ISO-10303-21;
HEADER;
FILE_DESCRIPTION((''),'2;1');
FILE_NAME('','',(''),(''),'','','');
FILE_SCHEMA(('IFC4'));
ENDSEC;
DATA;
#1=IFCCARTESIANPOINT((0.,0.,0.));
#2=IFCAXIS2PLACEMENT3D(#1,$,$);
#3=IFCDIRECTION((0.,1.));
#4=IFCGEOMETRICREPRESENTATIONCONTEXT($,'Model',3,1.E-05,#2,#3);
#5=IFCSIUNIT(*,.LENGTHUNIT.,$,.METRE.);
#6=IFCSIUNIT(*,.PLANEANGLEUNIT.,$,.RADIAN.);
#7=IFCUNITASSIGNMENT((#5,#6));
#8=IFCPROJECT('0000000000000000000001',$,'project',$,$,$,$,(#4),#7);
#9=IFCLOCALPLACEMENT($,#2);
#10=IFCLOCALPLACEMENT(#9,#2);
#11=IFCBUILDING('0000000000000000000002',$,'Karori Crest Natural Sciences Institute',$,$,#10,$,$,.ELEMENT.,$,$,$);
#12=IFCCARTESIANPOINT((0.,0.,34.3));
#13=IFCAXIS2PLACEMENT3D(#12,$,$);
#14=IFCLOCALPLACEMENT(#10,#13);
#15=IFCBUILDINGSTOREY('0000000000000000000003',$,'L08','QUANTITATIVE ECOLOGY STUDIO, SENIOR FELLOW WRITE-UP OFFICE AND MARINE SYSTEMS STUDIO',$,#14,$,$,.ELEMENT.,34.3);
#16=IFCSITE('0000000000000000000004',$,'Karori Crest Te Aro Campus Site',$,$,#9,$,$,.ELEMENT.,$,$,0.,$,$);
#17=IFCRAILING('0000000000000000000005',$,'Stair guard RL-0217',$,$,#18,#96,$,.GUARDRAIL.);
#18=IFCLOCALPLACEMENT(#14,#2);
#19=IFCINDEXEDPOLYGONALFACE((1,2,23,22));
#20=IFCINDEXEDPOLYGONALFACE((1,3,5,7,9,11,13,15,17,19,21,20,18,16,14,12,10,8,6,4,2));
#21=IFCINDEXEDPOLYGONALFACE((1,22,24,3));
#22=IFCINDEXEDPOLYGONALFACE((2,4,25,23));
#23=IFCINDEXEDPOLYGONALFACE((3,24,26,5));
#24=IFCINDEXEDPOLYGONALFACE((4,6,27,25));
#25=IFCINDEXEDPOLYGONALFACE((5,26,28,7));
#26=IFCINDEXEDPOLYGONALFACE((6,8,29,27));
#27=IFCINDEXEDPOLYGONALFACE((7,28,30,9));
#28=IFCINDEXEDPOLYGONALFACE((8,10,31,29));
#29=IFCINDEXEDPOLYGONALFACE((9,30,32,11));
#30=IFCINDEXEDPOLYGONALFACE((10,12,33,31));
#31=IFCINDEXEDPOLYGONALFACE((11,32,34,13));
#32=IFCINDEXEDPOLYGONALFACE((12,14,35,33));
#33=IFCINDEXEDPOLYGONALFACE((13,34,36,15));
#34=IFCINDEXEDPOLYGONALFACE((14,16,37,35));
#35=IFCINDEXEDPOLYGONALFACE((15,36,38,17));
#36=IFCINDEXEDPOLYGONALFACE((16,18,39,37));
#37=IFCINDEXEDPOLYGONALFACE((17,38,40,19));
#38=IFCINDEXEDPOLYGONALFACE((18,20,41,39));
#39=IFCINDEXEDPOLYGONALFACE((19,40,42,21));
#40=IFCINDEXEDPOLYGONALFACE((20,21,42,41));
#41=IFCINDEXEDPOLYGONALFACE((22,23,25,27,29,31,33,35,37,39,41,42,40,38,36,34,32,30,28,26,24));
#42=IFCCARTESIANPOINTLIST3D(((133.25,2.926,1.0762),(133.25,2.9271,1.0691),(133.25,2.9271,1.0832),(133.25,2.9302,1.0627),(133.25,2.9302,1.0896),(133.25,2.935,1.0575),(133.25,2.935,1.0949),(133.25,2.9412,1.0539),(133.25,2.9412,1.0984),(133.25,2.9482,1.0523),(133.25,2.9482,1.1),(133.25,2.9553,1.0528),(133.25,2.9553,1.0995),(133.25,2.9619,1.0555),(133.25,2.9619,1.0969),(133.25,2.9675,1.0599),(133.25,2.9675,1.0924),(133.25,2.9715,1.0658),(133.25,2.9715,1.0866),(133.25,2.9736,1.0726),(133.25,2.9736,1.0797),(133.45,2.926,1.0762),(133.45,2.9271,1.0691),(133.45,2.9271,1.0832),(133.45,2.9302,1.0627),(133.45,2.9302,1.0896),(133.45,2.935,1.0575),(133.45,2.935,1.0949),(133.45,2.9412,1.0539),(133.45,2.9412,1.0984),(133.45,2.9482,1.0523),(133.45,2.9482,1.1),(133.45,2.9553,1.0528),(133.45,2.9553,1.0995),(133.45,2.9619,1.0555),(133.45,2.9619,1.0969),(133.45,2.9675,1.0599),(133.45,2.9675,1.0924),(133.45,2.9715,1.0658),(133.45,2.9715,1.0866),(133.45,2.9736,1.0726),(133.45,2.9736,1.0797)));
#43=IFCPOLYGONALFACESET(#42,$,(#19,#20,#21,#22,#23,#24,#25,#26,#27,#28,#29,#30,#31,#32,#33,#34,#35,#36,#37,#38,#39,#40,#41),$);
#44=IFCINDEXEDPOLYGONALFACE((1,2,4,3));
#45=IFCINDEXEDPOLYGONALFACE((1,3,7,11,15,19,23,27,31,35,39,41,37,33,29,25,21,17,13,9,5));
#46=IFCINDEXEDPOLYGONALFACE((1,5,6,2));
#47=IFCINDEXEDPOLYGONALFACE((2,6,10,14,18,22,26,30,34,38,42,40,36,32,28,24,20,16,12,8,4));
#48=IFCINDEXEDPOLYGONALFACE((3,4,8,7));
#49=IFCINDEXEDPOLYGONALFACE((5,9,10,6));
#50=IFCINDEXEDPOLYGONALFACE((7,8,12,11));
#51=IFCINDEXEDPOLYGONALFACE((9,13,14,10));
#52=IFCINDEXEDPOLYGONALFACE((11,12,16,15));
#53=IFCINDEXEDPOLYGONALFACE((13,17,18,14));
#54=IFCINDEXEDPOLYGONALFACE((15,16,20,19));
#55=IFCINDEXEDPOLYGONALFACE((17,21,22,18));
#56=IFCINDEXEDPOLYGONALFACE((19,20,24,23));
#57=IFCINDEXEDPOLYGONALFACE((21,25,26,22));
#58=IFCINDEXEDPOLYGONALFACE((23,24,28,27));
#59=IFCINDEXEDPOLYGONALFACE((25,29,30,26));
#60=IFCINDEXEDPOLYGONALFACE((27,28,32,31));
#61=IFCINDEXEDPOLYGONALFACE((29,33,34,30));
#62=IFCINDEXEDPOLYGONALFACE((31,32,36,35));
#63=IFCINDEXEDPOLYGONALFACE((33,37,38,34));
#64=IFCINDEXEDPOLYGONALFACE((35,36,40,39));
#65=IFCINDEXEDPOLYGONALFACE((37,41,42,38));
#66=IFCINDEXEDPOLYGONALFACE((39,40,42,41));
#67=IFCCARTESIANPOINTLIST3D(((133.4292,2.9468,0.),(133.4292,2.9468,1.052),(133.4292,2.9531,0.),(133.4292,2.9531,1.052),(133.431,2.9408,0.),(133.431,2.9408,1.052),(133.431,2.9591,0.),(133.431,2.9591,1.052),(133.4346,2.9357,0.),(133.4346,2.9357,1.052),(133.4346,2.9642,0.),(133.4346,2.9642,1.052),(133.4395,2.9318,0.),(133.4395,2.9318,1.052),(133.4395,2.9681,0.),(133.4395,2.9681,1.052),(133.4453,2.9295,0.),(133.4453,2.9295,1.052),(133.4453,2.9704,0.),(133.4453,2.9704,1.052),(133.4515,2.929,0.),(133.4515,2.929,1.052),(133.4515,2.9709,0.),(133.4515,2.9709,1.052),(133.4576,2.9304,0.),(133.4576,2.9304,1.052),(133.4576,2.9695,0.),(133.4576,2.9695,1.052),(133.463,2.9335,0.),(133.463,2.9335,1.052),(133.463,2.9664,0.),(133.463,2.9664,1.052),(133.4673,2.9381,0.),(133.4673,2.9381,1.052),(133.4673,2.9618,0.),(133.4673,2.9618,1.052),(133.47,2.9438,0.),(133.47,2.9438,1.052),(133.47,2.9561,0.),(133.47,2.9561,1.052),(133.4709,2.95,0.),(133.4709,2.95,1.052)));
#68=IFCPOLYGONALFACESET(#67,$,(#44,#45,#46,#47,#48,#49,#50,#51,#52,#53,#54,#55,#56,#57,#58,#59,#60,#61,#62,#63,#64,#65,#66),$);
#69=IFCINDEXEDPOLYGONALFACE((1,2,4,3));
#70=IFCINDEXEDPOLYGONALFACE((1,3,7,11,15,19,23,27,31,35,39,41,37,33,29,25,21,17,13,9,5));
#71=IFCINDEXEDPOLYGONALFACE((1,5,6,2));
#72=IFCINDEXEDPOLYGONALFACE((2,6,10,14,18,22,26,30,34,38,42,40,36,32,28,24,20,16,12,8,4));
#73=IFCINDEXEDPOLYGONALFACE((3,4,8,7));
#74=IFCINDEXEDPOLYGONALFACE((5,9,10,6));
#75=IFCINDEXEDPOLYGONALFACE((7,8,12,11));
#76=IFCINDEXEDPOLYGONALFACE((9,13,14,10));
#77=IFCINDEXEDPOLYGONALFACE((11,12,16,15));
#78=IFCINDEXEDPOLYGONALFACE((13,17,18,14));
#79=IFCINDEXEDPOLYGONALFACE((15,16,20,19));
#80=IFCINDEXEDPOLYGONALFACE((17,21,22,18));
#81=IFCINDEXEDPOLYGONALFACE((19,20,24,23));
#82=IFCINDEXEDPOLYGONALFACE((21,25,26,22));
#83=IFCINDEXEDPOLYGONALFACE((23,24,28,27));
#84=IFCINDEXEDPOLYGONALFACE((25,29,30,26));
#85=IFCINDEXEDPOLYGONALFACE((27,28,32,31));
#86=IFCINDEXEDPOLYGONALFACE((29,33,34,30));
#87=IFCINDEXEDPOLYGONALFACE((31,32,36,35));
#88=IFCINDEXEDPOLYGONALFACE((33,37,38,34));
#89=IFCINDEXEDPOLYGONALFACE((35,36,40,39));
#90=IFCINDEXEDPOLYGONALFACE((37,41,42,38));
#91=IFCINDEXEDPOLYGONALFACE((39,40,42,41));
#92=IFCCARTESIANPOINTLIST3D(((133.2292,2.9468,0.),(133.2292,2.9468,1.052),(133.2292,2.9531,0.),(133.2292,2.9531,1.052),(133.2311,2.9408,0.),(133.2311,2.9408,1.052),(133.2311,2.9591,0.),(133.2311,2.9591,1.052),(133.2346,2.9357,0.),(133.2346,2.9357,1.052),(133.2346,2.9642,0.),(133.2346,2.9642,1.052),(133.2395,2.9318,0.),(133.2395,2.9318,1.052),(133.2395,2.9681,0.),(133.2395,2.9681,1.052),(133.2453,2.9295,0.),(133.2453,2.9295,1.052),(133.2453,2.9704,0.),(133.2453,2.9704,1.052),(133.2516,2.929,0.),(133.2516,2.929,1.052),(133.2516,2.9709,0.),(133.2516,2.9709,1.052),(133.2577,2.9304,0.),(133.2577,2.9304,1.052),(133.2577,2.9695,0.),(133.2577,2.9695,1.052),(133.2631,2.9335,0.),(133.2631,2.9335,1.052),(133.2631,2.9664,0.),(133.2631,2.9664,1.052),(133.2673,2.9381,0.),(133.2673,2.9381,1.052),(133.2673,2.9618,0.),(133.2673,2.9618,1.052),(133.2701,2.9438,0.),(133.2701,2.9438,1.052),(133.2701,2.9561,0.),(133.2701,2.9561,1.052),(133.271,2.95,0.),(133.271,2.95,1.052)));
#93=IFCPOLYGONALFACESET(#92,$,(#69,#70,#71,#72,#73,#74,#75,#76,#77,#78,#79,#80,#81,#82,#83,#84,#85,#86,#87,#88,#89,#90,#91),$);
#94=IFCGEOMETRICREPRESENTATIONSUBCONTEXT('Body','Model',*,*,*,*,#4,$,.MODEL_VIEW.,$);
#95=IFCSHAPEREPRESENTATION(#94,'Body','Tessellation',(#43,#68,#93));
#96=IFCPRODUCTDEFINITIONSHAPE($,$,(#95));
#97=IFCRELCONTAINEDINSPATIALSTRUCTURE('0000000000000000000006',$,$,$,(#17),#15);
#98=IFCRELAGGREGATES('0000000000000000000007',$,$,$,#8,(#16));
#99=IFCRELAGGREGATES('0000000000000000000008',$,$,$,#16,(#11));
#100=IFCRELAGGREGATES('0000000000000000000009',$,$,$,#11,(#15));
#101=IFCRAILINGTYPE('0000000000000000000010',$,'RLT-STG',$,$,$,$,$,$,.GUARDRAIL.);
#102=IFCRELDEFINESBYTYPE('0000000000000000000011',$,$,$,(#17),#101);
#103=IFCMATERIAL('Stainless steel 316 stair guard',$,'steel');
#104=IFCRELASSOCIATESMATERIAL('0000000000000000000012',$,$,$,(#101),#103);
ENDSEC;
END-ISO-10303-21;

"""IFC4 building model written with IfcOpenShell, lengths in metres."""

from ifc_helpers import new_model, si_unit, direction, frame, origin, origin_2d, place, context, subcontext, project, spatial, circle, extrude, material, type_object, element, save


model = new_model("IFC4")

# Units and contexts
model_context = context("Model", 3, precision=1e-05, world=origin(), true_north=direction((0.0, 1.0)))
body_context = subcontext(model_context, "Body", "Model", "MODEL_VIEW")
ifc_project = project(units=[si_unit("LENGTHUNIT", "METRE"), si_unit("PLANEANGLEUNIT", "RADIAN")], contexts=[model_context])

# Site, building, storey
site_placement = place(None, origin())
site = spatial("IfcSite", under=ifc_project, at=site_placement, Name="Karori Crest Te Aro Campus Site", CompositionType="ELEMENT", RefElevation=0.0)
building_placement = place(site_placement, origin())
building = spatial("IfcBuilding", under=site, at=building_placement, Name="Karori Crest Natural Sciences Institute", CompositionType="ELEMENT")
storey_placement = place(building_placement, frame((0.0, 0.0, 34.3)))
storey = spatial("IfcBuildingStorey", under=building, at=storey_placement, Name="L08", Description="QUANTITATIVE ECOLOGY STUDIO, SENIOR FELLOW WRITE-UP OFFICE AND MARINE SYSTEMS STUDIO", CompositionType="ELEMENT", Elevation=34.3)

# Railing
ifc_material_1 = material(Name="Stainless steel 316 stair guard", Category="steel")
railing_type_1 = type_object("IfcRailingType", Name="RLT-STG", PredefinedType="GUARDRAIL", material=ifc_material_1)
railing_1_placement = place(storey_placement, frame((133.45, 2.95, 0.0)))
element("IfcRailing", 1, at=railing_1_placement, inside=storey, type_object=railing_type_1, Name="Stair guard RL-0217", PredefinedType="GUARDRAIL", context=body_context, shape_type="SweptSolid", body=[
    extrude(circle(Radius=0.0239, at=origin_2d()), frame((0.0, 0.0, 1.0762), z_axis=(-1.0, 0.0, 0.0), x_axis=(0.0, -1.0, 0.0)), (0.0, 0.0, 1.0), 0.2),
    extrude(circle(Radius=0.021, at=origin_2d()), origin(), (0.0, 0.0, 1.0), 1.052),
    extrude(circle(Radius=0.021, at=origin_2d()), frame((-0.2, 0.0, 0.0)), (0.0, 0.0, 1.0), 1.052),
])

save(model, "model.ifc")
